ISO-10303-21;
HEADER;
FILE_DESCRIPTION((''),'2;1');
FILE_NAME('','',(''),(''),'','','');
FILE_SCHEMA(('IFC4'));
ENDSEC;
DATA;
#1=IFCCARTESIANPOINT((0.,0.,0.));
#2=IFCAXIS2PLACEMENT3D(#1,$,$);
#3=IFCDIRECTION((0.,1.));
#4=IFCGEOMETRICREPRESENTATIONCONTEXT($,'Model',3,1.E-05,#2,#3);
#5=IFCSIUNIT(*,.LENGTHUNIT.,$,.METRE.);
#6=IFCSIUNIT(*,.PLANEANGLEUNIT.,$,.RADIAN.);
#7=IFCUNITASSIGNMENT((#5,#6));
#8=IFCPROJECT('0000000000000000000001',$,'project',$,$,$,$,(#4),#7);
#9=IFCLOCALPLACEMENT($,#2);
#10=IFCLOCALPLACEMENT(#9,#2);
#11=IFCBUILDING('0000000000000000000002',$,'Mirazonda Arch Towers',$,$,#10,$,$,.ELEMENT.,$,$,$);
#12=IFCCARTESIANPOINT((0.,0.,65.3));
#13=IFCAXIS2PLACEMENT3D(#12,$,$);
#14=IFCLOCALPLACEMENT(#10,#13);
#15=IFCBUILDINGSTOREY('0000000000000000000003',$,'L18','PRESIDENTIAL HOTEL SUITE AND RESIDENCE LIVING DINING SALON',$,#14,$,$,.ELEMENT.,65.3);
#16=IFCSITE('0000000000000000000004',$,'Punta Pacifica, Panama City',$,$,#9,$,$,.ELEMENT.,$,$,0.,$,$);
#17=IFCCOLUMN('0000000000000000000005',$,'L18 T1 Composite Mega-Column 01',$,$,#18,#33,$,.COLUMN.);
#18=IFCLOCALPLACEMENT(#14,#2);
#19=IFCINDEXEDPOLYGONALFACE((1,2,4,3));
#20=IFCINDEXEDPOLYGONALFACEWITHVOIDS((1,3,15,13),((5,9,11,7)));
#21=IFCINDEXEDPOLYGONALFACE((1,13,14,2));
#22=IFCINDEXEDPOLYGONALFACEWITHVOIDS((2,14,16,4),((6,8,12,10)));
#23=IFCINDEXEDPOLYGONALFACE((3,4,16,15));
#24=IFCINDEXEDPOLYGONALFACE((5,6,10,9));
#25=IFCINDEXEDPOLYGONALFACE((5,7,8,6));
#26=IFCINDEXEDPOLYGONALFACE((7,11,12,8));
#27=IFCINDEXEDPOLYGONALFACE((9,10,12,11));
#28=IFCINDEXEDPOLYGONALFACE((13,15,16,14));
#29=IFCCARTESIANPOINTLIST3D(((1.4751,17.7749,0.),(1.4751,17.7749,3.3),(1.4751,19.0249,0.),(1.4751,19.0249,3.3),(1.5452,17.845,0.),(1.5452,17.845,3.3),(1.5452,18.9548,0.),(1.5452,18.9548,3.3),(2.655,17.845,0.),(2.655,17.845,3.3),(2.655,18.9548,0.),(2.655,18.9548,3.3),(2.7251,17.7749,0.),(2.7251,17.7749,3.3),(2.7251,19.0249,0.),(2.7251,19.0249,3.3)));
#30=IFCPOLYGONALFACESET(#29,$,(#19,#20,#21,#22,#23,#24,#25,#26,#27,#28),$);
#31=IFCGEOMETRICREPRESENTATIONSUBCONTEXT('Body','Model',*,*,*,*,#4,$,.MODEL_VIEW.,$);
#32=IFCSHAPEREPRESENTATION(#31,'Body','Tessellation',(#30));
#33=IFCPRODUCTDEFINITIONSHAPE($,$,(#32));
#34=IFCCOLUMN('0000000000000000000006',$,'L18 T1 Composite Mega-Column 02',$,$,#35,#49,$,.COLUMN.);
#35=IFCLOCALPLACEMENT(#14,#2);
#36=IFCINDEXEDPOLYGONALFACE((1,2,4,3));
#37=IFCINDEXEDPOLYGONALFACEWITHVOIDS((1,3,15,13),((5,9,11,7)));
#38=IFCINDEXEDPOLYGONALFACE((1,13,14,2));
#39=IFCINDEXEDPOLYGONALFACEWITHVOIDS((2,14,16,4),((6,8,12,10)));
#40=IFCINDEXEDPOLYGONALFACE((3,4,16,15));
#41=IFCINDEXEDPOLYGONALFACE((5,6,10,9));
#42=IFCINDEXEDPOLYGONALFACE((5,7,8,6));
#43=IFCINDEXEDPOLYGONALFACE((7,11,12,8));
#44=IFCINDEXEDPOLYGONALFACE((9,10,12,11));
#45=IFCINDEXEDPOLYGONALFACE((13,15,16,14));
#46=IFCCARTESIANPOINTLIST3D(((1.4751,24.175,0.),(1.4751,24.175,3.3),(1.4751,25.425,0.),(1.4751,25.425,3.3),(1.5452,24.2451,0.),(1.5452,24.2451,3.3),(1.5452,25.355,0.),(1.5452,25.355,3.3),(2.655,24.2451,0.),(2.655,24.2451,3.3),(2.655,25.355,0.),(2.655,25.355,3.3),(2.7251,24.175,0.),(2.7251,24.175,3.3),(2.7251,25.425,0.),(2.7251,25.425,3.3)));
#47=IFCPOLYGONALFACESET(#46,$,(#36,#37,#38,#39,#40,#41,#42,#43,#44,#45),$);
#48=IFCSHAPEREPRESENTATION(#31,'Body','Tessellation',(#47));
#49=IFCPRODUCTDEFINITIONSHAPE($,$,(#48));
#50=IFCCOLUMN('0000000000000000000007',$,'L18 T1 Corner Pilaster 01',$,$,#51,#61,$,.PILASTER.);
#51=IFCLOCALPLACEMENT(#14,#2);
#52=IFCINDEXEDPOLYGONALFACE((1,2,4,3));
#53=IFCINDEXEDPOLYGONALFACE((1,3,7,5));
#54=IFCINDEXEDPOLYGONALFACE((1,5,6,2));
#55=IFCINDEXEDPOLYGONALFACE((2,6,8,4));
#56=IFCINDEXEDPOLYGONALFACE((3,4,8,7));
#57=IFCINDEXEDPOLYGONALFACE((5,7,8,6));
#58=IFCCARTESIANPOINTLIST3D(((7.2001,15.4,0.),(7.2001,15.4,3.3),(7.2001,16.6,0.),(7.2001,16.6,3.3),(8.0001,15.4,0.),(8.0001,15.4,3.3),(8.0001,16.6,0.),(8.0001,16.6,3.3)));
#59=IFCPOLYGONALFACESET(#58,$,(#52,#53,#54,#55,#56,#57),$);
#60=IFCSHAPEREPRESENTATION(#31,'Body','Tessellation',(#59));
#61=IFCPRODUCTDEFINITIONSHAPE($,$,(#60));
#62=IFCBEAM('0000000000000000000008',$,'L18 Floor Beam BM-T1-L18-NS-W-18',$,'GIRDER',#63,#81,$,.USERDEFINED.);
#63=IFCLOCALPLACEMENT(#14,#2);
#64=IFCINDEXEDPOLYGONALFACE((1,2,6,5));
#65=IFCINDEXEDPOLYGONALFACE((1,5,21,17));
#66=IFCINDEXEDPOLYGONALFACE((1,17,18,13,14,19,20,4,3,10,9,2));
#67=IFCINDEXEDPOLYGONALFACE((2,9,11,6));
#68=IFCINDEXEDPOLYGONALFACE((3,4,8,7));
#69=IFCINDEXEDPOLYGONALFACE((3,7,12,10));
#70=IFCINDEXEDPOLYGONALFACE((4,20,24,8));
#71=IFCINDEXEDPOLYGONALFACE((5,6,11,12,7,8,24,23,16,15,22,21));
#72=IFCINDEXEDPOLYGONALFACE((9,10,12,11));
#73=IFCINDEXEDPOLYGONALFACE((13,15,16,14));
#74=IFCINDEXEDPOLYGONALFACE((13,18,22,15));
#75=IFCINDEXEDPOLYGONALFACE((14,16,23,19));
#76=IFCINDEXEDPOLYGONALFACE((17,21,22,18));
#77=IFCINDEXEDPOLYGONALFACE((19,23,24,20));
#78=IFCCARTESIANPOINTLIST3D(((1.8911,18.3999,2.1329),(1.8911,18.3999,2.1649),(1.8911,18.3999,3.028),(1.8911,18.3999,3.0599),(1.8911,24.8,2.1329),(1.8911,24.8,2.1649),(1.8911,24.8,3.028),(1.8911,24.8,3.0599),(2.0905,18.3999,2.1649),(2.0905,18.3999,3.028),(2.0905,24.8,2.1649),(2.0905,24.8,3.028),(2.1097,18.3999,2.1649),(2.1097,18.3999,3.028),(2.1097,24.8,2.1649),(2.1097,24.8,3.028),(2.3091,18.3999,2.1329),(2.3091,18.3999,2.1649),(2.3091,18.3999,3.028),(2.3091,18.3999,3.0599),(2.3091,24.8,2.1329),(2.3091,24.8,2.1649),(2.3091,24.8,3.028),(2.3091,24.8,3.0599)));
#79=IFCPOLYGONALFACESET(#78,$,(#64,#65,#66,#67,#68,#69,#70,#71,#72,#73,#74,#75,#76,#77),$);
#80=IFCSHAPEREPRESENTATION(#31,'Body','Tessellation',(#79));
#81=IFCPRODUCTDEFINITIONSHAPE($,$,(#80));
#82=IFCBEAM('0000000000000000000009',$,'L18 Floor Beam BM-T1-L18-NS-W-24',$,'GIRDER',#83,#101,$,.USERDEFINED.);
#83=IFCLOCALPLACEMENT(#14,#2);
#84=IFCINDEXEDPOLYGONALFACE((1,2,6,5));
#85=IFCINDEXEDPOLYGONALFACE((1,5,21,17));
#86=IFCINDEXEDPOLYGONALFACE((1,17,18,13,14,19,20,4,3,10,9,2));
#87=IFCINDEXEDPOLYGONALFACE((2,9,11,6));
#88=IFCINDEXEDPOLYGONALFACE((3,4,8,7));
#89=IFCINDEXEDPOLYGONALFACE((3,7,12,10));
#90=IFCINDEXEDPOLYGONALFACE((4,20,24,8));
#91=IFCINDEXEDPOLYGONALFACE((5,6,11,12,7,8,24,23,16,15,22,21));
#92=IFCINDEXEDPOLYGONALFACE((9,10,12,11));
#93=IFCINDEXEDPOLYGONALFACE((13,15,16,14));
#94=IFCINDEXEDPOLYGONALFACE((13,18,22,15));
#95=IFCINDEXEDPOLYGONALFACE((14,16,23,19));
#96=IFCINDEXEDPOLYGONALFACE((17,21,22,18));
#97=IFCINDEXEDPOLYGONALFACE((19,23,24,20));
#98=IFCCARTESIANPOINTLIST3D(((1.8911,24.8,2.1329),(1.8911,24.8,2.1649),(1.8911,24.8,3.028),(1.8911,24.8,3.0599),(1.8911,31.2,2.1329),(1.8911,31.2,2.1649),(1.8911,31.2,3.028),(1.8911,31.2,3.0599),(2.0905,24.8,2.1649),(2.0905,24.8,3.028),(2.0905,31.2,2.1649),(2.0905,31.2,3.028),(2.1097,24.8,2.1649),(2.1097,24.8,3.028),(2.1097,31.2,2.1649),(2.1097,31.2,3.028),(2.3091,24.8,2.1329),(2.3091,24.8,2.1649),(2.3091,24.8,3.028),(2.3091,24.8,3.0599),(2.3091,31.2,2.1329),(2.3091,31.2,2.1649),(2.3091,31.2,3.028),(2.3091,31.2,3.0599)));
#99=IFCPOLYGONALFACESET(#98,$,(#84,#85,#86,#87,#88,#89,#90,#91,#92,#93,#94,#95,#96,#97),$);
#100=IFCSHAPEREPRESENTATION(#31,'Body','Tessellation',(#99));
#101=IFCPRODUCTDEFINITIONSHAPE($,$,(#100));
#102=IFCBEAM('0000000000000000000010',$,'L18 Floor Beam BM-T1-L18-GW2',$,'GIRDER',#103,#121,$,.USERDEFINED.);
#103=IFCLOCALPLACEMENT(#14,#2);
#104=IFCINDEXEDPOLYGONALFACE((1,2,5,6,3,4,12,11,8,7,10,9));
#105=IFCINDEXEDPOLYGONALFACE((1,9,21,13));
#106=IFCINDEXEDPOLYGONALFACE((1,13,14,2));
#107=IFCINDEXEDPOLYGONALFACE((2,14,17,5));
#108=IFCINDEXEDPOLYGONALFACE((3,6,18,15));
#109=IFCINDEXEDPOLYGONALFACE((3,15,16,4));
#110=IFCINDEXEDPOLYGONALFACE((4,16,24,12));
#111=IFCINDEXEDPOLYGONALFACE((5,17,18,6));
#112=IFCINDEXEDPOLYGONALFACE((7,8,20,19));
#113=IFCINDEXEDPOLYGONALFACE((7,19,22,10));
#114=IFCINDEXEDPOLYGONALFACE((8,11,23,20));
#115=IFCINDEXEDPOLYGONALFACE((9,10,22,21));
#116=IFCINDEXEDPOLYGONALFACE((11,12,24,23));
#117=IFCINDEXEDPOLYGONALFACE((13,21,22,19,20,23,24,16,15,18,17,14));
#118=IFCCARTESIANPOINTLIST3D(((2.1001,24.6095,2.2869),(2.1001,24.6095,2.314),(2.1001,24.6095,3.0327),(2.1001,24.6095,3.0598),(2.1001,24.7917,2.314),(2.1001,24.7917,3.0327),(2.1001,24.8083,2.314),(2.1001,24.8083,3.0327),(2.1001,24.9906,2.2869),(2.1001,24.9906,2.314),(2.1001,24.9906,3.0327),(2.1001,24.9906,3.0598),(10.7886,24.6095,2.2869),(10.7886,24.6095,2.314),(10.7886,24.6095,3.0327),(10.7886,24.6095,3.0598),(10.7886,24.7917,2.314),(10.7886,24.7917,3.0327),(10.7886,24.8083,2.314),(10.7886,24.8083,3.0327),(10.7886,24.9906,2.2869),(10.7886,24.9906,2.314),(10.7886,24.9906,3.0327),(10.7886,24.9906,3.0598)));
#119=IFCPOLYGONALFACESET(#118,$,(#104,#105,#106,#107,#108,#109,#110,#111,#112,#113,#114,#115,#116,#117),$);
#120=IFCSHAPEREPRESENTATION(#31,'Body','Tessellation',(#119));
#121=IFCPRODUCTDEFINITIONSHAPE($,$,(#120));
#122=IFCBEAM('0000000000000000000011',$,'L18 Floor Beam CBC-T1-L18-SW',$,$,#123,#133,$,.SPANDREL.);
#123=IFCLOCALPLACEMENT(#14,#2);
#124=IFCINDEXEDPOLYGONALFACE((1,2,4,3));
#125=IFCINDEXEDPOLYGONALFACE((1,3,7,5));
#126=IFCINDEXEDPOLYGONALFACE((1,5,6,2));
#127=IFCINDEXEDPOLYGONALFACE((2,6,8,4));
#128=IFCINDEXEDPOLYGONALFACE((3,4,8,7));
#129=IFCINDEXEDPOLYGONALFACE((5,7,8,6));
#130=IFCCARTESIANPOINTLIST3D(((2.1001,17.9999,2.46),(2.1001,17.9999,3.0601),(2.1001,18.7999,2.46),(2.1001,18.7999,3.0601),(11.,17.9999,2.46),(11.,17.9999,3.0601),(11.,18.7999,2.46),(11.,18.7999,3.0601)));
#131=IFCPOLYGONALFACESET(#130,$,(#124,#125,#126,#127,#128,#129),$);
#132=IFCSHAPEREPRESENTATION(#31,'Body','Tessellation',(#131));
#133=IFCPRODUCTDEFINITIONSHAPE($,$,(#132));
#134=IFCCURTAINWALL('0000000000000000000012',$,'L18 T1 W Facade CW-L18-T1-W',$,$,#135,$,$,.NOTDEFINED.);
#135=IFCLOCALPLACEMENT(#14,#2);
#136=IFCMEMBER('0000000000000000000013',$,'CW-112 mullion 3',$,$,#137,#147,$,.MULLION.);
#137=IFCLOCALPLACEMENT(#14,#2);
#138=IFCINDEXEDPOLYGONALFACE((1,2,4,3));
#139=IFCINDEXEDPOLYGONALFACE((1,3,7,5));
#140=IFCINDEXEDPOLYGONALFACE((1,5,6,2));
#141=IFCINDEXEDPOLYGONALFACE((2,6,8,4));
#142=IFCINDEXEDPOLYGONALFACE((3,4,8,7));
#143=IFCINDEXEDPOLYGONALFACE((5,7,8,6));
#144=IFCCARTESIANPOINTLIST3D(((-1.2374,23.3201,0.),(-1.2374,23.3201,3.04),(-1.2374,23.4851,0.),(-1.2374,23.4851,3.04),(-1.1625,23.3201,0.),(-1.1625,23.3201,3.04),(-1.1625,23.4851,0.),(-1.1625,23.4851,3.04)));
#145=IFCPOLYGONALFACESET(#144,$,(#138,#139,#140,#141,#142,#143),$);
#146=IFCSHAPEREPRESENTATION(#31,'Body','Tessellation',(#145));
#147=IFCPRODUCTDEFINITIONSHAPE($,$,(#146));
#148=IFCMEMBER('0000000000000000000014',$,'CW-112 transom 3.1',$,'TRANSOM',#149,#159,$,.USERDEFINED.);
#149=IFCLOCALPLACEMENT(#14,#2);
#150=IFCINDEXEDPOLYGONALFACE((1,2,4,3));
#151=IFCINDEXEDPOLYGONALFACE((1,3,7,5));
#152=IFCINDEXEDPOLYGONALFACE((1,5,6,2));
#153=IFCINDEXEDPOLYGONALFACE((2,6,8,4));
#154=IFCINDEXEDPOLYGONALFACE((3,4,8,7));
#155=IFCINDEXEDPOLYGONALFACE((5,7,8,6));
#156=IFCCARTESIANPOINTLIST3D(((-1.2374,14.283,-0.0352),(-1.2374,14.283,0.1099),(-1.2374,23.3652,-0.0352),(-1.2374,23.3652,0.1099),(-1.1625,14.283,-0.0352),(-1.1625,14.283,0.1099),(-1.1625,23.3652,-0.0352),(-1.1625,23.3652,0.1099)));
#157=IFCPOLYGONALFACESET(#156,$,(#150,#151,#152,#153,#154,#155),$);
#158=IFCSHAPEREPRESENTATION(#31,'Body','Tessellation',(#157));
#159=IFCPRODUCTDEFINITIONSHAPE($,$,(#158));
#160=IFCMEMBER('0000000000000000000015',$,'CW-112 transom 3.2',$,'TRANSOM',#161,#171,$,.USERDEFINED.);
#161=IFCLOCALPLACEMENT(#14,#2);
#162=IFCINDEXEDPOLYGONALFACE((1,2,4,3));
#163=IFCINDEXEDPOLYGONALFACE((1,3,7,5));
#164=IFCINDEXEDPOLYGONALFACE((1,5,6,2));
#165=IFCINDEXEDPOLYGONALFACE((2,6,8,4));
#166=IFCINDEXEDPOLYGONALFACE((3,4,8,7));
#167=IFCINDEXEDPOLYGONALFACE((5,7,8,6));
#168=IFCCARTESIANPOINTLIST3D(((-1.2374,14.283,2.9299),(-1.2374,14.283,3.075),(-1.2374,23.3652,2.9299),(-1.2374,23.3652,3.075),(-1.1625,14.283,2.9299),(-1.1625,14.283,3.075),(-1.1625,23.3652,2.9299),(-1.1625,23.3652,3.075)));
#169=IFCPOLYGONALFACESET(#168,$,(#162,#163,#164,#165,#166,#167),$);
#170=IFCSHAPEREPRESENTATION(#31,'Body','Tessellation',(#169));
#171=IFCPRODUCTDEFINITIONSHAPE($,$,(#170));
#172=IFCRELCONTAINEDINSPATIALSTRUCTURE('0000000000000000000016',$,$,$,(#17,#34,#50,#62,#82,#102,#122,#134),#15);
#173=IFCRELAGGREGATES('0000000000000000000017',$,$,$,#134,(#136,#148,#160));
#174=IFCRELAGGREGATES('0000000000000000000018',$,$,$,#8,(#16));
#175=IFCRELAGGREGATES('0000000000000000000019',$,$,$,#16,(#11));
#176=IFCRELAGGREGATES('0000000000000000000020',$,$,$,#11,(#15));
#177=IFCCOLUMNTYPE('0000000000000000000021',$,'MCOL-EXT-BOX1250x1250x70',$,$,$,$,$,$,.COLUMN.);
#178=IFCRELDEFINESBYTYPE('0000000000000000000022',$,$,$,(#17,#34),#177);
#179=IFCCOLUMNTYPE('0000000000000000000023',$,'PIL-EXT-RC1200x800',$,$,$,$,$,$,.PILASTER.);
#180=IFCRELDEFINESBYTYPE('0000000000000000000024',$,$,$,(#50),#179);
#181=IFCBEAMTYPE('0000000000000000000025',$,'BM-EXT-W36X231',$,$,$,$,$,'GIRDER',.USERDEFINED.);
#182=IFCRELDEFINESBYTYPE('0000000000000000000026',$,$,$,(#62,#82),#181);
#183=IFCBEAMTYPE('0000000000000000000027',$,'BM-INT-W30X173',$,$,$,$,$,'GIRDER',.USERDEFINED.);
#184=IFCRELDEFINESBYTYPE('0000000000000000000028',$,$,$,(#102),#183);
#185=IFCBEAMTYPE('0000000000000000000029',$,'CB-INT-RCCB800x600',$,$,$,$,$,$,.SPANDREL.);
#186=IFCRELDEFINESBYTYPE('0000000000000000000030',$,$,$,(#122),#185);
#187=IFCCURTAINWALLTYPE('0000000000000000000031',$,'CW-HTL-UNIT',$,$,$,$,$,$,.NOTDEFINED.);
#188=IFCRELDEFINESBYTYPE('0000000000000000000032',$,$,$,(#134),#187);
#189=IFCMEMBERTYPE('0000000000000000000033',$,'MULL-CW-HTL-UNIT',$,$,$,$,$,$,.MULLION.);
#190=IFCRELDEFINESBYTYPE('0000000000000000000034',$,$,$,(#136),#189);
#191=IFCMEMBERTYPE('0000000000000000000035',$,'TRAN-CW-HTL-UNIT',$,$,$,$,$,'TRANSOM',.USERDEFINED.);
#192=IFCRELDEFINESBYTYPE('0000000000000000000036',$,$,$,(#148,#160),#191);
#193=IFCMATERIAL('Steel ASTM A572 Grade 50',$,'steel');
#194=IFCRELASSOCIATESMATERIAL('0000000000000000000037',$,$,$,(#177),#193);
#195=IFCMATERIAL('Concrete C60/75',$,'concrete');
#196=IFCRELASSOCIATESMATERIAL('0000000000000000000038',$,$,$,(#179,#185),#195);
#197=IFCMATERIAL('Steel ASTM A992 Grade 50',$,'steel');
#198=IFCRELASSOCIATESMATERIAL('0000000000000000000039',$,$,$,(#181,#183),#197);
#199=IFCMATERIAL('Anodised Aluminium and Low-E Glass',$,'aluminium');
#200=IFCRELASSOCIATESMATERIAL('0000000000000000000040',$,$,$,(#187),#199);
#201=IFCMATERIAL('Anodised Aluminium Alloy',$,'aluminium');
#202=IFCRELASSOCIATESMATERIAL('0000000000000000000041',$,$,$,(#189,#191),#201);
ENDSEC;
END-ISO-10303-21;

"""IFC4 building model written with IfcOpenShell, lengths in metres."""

from ifc_helpers import new_model, si_unit, direction, frame, origin, origin_2d, place, context, subcontext, project, spatial, rectangle, hollow_rectangle, i_section, extrude, material, material_profile, profile_set, type_object, element, aggregate, save


model = new_model("IFC4")

# Units and contexts
model_context = context("Model", 3, precision=1e-05, world=origin(), true_north=direction((0.0, 1.0)))
body_context = subcontext(model_context, "Body", "Model", "MODEL_VIEW")
ifc_project = project(units=[si_unit("LENGTHUNIT", "METRE"), si_unit("PLANEANGLEUNIT", "RADIAN")], contexts=[model_context])

# Site, building, storey
site_placement = place(None, origin())
site = spatial("IfcSite", under=ifc_project, at=site_placement, Name="Punta Pacifica, Panama City", CompositionType="ELEMENT", RefElevation=0.0)
building_placement = place(site_placement, origin())
building = spatial("IfcBuilding", under=site, at=building_placement, Name="Mirazonda Arch Towers", CompositionType="ELEMENT")
storey_placement = place(building_placement, frame((0.0, 0.0, 65.3)))
storey = spatial("IfcBuildingStorey", under=building, at=storey_placement, Name="L18", Description="PRESIDENTIAL HOTEL SUITE AND RESIDENCE LIVING DINING SALON", CompositionType="ELEMENT", Elevation=65.3)

# Columns
ifc_material_1 = material(Name="Steel ASTM A572 Grade 50", Category="steel")
ifc_material_profile_1 = material_profile(ifc_material_1, hollow_rectangle(XDim=1.25, YDim=1.25, WallThickness=0.0701, at=origin_2d()), Name="BOX1250x1250x70")
ifc_profile_set_1 = profile_set([ifc_material_profile_1], Name="Steel ASTM A572 Grade 50")
column_type_1 = type_object("IfcColumnType", Name="MCOL-EXT-BOX1250x1250x70", PredefinedType="COLUMN", material=ifc_profile_set_1)
for number, where, z_axis, x_axis, name in (
    (1, (2.1001, 18.3999, 0.0), (0.0, 0.0, 1.0), (1.0, 0.0, 0.0), "L18 T1 Composite Mega-Column 01"),
    (2, (2.1001, 24.8, 0.0), (0.0, 0.0, 1.0), (1.0, 0.0, 0.0), "L18 T1 Composite Mega-Column 02"),
):
    element("IfcColumn", number, at=place(storey_placement, frame(where, z_axis=z_axis, x_axis=x_axis)), inside=storey, type_object=column_type_1, Name=name, PredefinedType="COLUMN", context=body_context, shape_type="SweptSolid", body=[
        extrude(hollow_rectangle(XDim=1.25, YDim=1.25, WallThickness=0.0701, at=origin_2d()), origin(), (0.0, 0.0, 1.0), 3.3),
    ])
ifc_material_2 = material(Name="Concrete C60/75", Category="concrete")
ifc_material_profile_2 = material_profile(ifc_material_2, rectangle(XDim=0.8, YDim=1.2, at=origin_2d()), Name="RC1200x800")
ifc_profile_set_2 = profile_set([ifc_material_profile_2], Name="Concrete C60/75")
column_type_2 = type_object("IfcColumnType", Name="PIL-EXT-RC1200x800", PredefinedType="PILASTER", material=ifc_profile_set_2)
column_placement = place(storey_placement, frame((7.6001, 16.0, 0.0), z_axis=(0.0, 0.0, 1.0), x_axis=(1.0, 0.0, 0.0)))
element("IfcColumn", 3, at=column_placement, inside=storey, type_object=column_type_2, Name="L18 T1 Corner Pilaster 01", PredefinedType="PILASTER", context=body_context, shape_type="SweptSolid", body=[
    extrude(rectangle(XDim=0.8, YDim=1.2, at=origin_2d()), origin(), (0.0, 0.0, 1.0), 3.3),
])

# Beams
ifc_material_3 = material(Name="Steel ASTM A992 Grade 50", Category="steel")
ifc_material_profile_3 = material_profile(ifc_material_3, i_section(OverallWidth=0.418, OverallDepth=0.927, WebThickness=0.0193, FlangeThickness=0.032, at=origin_2d()), Name="W36X231")
ifc_profile_set_3 = profile_set([ifc_material_profile_3], Name="Steel ASTM A992 Grade 50")
beam_type_1 = type_object("IfcBeamType", Name="BM-EXT-W36X231", ElementType="GIRDER", PredefinedType="USERDEFINED", material=ifc_profile_set_3)
beam_1_placement = place(storey_placement, frame((2.1001, 18.3999, 2.5964), z_axis=(0.0, 1.0, 0.0), x_axis=(-1.0, 0.0, 0.0)))
element("IfcBeam", 4, at=beam_1_placement, inside=storey, type_object=beam_type_1, Name="L18 Floor Beam BM-T1-L18-NS-W-18", ObjectType="GIRDER", PredefinedType="USERDEFINED", context=body_context, shape_type="SweptSolid", body=[
    extrude(i_section(OverallWidth=0.418, OverallDepth=0.927, WebThickness=0.0193, FlangeThickness=0.032, at=origin_2d()), origin(), (0.0, 0.0, 1.0), 6.4001),
])
beam_2_placement = place(storey_placement, frame((2.1001, 24.8, 2.5964), z_axis=(0.0, 1.0, 0.0), x_axis=(-1.0, 0.0, 0.0)))
element("IfcBeam", 5, at=beam_2_placement, inside=storey, type_object=beam_type_1, Name="L18 Floor Beam BM-T1-L18-NS-W-24", ObjectType="GIRDER", PredefinedType="USERDEFINED", context=body_context, shape_type="SweptSolid", body=[
    extrude(i_section(OverallWidth=0.418, OverallDepth=0.927, WebThickness=0.0193, FlangeThickness=0.032, at=origin_2d()), origin(), (0.0, 0.0, 1.0), 6.3999),
])
ifc_material_profile_4 = material_profile(ifc_material_3, i_section(OverallWidth=0.3811, OverallDepth=0.7729, WebThickness=0.0166, FlangeThickness=0.0271, at=origin_2d()), Name="W30X173")
ifc_profile_set_4 = profile_set([ifc_material_profile_4], Name="Steel ASTM A992 Grade 50")
beam_type_2 = type_object("IfcBeamType", Name="BM-INT-W30X173", ElementType="GIRDER", PredefinedType="USERDEFINED", material=ifc_profile_set_4)
beam_3_placement = place(storey_placement, frame((2.1001, 24.8, 2.6733), z_axis=(1.0, 0.0, 0.0), x_axis=(0.0, 1.0, 0.0)))
element("IfcBeam", 6, at=beam_3_placement, inside=storey, type_object=beam_type_2, Name="L18 Floor Beam BM-T1-L18-GW2", ObjectType="GIRDER", PredefinedType="USERDEFINED", context=body_context, shape_type="SweptSolid", body=[
    extrude(i_section(OverallWidth=0.3811, OverallDepth=0.7729, WebThickness=0.0166, FlangeThickness=0.0271, at=origin_2d()), origin(), (0.0, 0.0, 1.0), 8.6885),
])
ifc_material_profile_5 = material_profile(ifc_material_2, rectangle(XDim=0.8, YDim=0.6001, at=origin_2d()), Name="RCCB800x600")
ifc_profile_set_5 = profile_set([ifc_material_profile_5], Name="Concrete C60/75")
beam_type_3 = type_object("IfcBeamType", Name="CB-INT-RCCB800x600", PredefinedType="SPANDREL", material=ifc_profile_set_5)
beam_4_placement = place(storey_placement, frame((2.1001, 18.3999, 2.76), z_axis=(1.0, 0.0, 0.0), x_axis=(0.0, 1.0, 0.0)))
element("IfcBeam", 7, at=beam_4_placement, inside=storey, type_object=beam_type_3, Name="L18 Floor Beam CBC-T1-L18-SW", PredefinedType="SPANDREL", context=body_context, shape_type="SweptSolid", body=[
    extrude(rectangle(XDim=0.8, YDim=0.6001, at=origin_2d()), origin(), (0.0, 0.0, 1.0), 8.8999),
])

# Curtain wall, members
ifc_material_4 = material(Name="Anodised Aluminium and Low-E Glass", Category="aluminium")
curtain_wall_type = type_object("IfcCurtainWallType", Name="CW-HTL-UNIT", PredefinedType="NOTDEFINED", material=ifc_material_4)
curtain_wall_placement = place(storey_placement, origin())
curtain_wall = element("IfcCurtainWall", 8, at=curtain_wall_placement, inside=storey, type_object=curtain_wall_type, Name="L18 T1 W Facade CW-L18-T1-W", PredefinedType="NOTDEFINED")
ifc_material_5 = material(Name="Anodised Aluminium Alloy", Category="aluminium")
ifc_material_profile_6 = material_profile(ifc_material_5, rectangle(XDim=0.075, YDim=0.165, at=origin_2d()), Name="ALU-MULL-75x165")
ifc_profile_set_6 = profile_set([ifc_material_profile_6], Name="Anodised Aluminium Alloy")
member_type_1 = type_object("IfcMemberType", Name="MULL-CW-HTL-UNIT", PredefinedType="MULLION", material=ifc_profile_set_6)
member_1_placement = place(storey_placement, frame((-1.2, 23.4026, 0.0), z_axis=(0.0, 0.0, 1.0), x_axis=(1.0, 0.0, 0.0)))
member_1 = element("IfcMember", 9, at=member_1_placement, type_object=member_type_1, Name="CW-112 mullion 3", PredefinedType="MULLION", context=body_context, shape_type="SweptSolid", body=[
    extrude(rectangle(XDim=0.075, YDim=0.165, at=origin_2d()), origin(), (0.0, 0.0, 1.0), 3.04),
])
ifc_material_profile_7 = material_profile(ifc_material_5, rectangle(XDim=0.075, YDim=0.145, at=origin_2d()), Name="ALU-TRAN-75x145")
ifc_profile_set_7 = profile_set([ifc_material_profile_7], Name="Anodised Aluminium Alloy")
member_type_2 = type_object("IfcMemberType", Name="TRAN-CW-HTL-UNIT", ElementType="TRANSOM", PredefinedType="USERDEFINED", material=ifc_profile_set_7)
member_2_placement = place(storey_placement, frame((-1.2, 23.3652, 0.0374), z_axis=(0.0, -1.0, 0.0), x_axis=(1.0, 0.0, 0.0)))
member_2 = element("IfcMember", 10, at=member_2_placement, type_object=member_type_2, Name="CW-112 transom 3.1", ObjectType="TRANSOM", PredefinedType="USERDEFINED", context=body_context, shape_type="SweptSolid", body=[
    extrude(rectangle(XDim=0.075, YDim=0.145, at=origin_2d()), origin(), (0.0, 0.0, 1.0), 9.0823),
])
member_3_placement = place(storey_placement, frame((-1.2, 23.3652, 3.0024), z_axis=(0.0, -1.0, 0.0), x_axis=(1.0, 0.0, 0.0)))
member_3 = element("IfcMember", 11, at=member_3_placement, type_object=member_type_2, Name="CW-112 transom 3.2", ObjectType="TRANSOM", PredefinedType="USERDEFINED", context=body_context, shape_type="SweptSolid", body=[
    extrude(rectangle(XDim=0.075, YDim=0.145, at=origin_2d()), origin(), (0.0, 0.0, 1.0), 9.0823),
])
aggregate(curtain_wall, [member_1, member_2, member_3])

save(model, "model.ifc")
